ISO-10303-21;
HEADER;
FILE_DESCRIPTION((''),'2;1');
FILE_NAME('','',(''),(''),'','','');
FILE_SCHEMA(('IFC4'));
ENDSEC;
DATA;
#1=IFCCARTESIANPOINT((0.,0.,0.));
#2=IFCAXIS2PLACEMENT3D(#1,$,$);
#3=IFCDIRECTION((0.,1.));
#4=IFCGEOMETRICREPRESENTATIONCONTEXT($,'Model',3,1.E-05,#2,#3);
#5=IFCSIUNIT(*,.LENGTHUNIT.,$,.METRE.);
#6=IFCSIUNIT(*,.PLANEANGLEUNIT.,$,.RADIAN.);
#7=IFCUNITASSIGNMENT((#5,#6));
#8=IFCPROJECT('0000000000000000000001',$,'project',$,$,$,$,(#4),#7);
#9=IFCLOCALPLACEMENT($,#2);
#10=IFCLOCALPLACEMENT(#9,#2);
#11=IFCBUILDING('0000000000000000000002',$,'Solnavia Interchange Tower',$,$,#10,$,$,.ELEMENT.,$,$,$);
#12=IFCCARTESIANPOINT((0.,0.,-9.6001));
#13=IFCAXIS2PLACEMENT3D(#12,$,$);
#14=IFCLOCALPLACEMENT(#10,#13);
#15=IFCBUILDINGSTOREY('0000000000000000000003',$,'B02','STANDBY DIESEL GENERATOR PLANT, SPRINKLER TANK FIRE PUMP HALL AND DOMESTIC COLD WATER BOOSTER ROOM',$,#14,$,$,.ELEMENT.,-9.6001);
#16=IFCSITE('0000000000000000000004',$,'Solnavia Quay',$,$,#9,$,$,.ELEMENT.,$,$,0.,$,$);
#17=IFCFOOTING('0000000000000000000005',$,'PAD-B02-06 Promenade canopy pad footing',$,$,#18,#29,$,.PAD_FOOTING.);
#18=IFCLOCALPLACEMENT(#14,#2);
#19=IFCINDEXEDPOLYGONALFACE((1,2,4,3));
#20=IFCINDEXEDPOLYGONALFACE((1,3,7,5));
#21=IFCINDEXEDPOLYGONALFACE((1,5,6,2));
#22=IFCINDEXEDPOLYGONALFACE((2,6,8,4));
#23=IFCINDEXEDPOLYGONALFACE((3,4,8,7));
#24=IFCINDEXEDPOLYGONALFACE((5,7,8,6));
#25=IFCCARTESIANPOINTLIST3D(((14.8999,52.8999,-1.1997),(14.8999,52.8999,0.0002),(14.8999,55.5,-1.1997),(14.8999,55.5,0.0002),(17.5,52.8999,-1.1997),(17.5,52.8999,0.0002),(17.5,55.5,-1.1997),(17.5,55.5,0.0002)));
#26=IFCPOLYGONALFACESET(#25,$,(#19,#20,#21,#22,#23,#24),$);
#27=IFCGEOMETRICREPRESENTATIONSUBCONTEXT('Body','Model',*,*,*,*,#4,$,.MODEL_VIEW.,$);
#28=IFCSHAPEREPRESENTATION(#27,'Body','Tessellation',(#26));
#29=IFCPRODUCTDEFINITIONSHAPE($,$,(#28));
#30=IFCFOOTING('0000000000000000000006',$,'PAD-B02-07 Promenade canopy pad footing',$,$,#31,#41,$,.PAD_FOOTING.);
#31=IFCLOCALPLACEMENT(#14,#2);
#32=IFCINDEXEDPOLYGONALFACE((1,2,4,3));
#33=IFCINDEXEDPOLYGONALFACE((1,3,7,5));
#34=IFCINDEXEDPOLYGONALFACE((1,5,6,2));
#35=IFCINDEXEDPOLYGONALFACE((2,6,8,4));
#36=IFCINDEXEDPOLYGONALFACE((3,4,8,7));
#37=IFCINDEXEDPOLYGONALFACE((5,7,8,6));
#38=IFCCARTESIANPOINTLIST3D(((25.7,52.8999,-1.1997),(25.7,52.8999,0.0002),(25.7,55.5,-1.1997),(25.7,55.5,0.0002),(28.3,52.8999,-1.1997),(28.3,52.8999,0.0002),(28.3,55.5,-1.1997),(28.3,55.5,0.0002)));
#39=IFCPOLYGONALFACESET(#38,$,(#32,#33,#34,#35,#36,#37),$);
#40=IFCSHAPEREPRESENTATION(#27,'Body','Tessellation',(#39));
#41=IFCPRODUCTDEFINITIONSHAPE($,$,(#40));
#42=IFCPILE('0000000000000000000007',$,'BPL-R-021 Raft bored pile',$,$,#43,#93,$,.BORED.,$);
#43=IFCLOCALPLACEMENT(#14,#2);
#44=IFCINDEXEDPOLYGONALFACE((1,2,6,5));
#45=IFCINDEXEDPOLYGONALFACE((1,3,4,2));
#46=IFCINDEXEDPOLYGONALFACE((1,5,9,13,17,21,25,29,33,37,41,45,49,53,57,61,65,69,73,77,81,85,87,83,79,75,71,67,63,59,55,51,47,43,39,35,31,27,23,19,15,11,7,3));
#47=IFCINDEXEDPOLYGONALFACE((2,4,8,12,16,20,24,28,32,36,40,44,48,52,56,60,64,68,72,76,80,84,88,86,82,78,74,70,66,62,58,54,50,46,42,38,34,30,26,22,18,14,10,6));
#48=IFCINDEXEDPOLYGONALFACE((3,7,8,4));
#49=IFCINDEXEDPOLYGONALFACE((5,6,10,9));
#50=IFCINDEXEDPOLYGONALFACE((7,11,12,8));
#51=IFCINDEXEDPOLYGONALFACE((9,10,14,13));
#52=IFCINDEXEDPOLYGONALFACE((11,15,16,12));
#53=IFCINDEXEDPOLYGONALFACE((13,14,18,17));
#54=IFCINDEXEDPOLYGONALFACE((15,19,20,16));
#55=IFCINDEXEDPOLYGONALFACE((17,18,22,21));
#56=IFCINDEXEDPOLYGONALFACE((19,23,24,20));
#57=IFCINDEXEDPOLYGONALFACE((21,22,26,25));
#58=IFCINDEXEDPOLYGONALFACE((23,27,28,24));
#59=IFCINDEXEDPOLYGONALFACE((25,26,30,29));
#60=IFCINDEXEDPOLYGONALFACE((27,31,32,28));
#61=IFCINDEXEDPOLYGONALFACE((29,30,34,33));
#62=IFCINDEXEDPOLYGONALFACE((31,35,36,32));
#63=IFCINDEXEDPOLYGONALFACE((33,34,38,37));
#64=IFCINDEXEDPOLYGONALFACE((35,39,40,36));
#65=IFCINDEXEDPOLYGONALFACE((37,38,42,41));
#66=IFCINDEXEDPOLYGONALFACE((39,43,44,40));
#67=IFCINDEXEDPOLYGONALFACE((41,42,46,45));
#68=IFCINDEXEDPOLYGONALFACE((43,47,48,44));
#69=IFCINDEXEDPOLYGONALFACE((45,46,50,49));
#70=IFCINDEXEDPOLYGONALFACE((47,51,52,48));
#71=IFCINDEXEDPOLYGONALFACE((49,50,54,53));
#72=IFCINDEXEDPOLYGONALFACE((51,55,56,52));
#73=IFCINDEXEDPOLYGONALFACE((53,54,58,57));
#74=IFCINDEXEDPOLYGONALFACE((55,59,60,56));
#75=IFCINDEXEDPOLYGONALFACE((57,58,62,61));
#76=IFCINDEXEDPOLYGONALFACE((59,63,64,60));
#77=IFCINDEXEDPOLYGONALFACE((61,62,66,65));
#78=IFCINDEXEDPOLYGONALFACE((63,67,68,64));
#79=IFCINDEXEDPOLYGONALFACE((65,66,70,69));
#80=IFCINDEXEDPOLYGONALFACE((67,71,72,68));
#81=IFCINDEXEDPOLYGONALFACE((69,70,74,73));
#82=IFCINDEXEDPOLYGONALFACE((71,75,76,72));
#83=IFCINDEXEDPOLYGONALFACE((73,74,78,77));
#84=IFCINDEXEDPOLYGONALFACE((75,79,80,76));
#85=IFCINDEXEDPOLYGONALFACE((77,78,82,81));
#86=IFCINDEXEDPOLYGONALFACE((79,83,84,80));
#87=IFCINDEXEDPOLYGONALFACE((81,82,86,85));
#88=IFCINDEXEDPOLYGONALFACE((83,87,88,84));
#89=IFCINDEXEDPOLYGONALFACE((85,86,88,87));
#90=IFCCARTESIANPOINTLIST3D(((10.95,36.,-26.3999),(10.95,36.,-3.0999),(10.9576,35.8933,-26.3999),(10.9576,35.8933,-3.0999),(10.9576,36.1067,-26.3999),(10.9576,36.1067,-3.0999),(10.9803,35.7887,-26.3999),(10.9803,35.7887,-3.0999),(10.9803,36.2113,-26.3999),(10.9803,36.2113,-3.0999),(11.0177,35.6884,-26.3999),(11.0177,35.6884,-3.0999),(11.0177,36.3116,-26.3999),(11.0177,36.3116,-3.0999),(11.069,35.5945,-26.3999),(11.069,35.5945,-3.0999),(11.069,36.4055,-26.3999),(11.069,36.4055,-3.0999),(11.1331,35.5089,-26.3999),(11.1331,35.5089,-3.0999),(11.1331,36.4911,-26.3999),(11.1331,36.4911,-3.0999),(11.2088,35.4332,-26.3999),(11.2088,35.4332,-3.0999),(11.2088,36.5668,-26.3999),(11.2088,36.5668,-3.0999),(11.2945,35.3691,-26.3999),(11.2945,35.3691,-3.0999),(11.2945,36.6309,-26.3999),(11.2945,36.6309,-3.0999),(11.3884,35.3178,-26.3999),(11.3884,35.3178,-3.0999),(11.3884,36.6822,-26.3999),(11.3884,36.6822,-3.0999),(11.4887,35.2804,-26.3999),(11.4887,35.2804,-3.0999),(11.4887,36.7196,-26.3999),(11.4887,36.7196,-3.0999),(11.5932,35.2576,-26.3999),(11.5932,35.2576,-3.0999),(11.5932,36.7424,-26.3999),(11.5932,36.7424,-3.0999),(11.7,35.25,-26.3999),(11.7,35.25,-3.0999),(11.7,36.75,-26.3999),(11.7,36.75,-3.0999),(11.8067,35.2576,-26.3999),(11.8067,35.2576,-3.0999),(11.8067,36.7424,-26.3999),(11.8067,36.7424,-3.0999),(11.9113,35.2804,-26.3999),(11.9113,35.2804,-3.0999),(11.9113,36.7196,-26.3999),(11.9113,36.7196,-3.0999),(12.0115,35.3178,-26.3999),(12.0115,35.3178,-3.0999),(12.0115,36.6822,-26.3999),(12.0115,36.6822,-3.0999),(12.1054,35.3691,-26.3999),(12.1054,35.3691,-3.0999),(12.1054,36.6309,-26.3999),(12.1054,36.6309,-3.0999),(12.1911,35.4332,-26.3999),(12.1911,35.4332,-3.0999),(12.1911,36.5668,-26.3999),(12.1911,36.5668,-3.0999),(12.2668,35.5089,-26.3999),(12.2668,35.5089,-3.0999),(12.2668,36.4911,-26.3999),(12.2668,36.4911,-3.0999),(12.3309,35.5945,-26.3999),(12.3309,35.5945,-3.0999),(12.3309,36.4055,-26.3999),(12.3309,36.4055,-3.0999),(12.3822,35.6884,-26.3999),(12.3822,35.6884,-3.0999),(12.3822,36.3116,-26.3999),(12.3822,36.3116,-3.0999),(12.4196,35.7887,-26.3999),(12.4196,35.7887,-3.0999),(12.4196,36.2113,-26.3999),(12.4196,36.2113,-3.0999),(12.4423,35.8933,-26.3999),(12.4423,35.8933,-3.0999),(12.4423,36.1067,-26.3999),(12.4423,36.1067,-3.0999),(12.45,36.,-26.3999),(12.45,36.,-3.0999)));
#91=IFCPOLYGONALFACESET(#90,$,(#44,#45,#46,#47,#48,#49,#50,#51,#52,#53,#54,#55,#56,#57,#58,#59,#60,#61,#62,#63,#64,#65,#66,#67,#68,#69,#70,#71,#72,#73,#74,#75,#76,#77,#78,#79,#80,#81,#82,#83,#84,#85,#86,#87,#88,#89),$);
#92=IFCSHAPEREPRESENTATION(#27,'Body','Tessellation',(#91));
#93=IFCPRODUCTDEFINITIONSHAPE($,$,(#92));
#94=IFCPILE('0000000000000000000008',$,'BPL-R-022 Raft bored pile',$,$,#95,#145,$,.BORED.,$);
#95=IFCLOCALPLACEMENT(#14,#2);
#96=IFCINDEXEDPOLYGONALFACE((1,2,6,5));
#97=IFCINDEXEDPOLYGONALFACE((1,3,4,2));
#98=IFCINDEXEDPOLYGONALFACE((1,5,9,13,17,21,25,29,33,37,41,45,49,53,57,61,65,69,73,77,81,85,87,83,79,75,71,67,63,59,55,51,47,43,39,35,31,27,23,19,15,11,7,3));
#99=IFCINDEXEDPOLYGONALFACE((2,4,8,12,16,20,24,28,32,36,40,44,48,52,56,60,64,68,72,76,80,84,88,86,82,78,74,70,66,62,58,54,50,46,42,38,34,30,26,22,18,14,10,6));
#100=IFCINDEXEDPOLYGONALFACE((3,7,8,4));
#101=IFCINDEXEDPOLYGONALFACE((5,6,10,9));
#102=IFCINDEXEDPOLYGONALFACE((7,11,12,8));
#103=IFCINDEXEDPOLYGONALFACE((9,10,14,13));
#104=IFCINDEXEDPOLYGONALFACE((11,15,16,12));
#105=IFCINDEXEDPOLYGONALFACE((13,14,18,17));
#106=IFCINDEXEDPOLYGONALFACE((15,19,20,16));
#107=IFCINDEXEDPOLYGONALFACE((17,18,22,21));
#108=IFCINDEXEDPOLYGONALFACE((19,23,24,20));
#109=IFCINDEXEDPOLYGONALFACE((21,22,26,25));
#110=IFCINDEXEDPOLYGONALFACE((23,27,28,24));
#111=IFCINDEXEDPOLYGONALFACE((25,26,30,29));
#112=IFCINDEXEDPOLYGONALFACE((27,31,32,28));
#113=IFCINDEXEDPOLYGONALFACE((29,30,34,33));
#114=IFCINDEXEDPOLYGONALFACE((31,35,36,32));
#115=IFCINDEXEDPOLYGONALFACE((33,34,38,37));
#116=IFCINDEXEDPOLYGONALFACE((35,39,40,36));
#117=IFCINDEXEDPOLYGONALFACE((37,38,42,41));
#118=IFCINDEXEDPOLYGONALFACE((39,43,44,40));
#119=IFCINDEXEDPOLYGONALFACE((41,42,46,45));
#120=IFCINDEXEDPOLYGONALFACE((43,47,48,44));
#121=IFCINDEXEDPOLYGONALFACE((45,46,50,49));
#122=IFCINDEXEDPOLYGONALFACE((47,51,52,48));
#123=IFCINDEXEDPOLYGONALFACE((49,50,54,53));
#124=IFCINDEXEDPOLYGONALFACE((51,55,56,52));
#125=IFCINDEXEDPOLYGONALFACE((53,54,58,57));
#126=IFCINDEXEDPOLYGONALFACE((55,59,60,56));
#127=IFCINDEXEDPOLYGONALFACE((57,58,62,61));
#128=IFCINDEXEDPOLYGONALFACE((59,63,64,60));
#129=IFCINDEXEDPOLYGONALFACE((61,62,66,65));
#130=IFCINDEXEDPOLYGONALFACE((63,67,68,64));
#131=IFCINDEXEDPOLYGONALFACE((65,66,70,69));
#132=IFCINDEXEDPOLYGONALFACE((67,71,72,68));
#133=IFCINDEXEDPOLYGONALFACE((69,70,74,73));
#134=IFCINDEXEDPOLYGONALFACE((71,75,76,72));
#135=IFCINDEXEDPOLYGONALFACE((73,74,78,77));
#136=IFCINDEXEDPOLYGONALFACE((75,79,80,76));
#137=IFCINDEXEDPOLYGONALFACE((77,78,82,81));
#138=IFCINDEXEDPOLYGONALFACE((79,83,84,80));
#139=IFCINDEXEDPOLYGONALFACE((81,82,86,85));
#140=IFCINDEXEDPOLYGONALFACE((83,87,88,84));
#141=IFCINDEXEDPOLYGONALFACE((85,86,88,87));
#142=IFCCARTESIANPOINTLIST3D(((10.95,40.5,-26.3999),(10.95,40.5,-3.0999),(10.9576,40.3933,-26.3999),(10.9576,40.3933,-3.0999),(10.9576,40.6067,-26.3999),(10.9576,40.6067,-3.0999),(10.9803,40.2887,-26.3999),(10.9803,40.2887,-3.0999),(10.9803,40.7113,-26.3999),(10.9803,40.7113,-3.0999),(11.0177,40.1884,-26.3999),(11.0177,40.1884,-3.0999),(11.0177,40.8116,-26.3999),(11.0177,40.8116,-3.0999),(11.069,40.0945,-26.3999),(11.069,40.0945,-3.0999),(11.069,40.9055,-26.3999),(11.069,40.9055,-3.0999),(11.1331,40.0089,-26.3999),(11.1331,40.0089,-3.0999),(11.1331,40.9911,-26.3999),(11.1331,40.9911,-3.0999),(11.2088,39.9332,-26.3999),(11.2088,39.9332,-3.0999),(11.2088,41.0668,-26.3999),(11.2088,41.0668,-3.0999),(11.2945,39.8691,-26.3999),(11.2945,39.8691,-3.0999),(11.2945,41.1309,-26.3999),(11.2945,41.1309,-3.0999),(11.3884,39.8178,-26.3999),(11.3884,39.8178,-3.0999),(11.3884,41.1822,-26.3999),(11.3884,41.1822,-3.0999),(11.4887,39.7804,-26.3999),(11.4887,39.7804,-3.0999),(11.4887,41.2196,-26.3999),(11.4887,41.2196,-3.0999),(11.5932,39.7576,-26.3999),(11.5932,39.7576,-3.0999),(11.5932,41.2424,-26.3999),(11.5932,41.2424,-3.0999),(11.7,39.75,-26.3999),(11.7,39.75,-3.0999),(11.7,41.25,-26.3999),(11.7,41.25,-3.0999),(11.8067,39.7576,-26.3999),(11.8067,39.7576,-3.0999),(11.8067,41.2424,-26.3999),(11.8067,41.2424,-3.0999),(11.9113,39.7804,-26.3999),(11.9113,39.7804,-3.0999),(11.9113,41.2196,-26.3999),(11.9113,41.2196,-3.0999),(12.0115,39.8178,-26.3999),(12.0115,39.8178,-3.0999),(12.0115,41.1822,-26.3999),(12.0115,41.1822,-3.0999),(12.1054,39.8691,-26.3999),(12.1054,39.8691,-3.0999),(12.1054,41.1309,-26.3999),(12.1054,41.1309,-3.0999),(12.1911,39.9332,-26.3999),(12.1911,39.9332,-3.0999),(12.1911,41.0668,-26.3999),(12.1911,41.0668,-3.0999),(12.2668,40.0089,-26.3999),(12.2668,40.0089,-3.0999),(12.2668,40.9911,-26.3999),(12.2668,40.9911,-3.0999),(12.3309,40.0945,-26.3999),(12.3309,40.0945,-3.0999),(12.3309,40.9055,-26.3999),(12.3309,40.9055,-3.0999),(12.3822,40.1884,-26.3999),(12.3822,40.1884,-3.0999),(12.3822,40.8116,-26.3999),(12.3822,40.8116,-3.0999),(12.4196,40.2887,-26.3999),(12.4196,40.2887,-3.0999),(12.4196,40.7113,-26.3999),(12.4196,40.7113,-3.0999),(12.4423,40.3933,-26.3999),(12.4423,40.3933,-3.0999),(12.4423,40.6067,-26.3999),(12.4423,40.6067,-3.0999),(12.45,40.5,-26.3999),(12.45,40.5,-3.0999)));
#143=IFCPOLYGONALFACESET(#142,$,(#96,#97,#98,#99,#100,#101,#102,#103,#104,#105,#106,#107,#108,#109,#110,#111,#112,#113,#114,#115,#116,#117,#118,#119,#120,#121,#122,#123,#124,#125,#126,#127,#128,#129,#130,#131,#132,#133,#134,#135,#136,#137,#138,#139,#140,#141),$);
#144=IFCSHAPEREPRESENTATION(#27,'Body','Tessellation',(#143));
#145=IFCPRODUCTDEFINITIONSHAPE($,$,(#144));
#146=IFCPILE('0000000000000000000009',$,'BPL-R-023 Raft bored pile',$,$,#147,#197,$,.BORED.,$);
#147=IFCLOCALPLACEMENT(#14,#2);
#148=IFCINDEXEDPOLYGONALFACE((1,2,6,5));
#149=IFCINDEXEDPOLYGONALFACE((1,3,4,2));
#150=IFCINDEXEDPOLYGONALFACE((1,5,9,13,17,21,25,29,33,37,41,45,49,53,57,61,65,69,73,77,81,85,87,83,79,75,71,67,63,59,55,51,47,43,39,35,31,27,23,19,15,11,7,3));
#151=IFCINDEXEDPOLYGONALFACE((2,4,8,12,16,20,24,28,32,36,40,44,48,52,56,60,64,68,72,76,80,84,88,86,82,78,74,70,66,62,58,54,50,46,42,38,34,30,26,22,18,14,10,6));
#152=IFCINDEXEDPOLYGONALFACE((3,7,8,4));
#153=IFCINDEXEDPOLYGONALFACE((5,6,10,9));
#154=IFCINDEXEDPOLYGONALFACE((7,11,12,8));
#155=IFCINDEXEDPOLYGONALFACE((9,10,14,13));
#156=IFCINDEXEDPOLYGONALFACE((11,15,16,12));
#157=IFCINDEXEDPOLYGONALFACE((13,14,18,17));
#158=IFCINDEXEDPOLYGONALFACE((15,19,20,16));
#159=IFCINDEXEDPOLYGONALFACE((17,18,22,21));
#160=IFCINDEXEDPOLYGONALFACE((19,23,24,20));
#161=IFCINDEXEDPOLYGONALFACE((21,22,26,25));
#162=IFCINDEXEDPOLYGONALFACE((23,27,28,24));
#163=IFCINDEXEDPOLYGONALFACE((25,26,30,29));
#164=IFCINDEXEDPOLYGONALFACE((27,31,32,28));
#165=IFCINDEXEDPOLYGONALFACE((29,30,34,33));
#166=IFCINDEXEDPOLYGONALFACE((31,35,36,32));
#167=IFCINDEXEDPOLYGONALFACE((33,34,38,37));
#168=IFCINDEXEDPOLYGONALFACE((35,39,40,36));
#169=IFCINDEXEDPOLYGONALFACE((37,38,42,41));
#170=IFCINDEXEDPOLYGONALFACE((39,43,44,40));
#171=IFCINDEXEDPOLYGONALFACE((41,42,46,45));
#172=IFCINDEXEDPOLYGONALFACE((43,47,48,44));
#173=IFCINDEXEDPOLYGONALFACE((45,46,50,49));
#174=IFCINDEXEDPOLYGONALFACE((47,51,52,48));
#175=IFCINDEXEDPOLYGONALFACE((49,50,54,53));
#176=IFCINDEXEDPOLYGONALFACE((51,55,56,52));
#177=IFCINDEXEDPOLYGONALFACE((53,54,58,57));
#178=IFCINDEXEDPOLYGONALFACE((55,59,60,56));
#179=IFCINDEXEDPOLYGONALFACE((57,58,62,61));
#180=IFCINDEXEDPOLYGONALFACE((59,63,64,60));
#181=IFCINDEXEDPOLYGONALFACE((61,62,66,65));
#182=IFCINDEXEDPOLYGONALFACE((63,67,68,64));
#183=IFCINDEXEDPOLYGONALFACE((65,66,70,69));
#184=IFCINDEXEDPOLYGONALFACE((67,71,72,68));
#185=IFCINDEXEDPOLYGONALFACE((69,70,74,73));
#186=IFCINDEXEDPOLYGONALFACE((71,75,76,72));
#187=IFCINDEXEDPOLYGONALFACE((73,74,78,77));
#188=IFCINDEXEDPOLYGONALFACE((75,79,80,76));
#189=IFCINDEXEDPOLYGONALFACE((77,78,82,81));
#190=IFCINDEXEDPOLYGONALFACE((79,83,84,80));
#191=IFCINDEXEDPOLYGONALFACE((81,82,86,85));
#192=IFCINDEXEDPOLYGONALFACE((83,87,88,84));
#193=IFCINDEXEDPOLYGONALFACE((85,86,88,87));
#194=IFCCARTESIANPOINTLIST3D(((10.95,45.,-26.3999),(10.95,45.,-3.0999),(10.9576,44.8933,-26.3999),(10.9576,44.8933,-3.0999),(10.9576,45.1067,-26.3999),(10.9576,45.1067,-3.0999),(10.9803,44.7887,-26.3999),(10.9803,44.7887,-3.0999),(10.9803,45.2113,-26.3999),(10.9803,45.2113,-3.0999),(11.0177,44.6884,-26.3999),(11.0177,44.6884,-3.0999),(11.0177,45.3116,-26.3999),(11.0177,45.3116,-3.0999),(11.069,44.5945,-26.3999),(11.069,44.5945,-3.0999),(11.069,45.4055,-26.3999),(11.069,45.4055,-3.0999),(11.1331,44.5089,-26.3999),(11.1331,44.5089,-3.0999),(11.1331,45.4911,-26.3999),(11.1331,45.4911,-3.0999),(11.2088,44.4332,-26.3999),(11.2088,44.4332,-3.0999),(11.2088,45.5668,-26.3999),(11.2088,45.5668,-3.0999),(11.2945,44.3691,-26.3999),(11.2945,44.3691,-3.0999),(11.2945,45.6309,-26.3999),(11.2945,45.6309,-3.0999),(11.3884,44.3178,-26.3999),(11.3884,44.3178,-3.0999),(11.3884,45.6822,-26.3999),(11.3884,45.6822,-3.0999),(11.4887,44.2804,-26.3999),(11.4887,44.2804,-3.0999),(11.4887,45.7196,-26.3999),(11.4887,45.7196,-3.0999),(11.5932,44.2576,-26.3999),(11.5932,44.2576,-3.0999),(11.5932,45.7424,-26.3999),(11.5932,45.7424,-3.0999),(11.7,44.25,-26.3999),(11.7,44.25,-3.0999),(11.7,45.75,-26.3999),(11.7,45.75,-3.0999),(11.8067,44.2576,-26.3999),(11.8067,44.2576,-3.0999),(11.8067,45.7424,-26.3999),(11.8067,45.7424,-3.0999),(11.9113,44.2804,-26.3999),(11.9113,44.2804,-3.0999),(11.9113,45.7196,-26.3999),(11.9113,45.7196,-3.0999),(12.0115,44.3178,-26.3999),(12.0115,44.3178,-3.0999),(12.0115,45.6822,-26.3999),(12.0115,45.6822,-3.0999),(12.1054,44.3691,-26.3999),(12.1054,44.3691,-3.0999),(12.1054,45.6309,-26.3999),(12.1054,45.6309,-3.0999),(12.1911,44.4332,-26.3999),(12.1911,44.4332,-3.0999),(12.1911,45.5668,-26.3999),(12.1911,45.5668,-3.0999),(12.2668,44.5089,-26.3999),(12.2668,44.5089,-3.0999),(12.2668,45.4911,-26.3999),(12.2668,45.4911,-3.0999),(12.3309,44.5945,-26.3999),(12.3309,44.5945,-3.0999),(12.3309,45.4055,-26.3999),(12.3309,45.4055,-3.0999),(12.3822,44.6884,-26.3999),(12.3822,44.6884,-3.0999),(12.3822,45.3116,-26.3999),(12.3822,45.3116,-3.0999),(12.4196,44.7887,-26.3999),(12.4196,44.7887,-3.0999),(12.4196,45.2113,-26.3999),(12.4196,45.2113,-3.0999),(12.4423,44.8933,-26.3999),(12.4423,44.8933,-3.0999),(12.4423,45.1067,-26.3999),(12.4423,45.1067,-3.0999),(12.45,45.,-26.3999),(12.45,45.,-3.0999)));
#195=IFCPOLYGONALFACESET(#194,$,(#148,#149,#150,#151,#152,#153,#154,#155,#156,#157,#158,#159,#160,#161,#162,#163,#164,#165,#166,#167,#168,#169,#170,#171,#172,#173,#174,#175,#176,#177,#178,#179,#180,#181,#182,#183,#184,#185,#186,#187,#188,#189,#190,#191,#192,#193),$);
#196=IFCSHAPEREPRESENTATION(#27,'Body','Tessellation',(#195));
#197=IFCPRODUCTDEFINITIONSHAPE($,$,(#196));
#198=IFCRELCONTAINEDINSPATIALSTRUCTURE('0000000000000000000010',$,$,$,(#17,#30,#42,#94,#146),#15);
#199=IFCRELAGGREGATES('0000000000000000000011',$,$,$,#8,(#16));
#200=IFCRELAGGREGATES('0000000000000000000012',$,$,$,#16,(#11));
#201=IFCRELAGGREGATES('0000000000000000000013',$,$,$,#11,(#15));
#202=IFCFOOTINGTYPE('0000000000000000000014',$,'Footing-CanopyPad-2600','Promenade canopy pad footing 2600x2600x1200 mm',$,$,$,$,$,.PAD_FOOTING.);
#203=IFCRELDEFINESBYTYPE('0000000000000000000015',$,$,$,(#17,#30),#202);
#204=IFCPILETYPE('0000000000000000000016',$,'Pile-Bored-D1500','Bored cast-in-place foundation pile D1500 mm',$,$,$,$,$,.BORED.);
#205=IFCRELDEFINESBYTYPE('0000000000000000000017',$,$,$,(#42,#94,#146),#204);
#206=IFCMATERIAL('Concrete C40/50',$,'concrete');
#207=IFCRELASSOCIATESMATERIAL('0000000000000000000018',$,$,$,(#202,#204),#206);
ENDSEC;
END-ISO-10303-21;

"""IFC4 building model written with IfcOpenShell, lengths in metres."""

from ifc_helpers import new_model, si_unit, direction, frame, origin, origin_2d, place, context, subcontext, project, spatial, rectangle, circle, extrude, material, material_profile, profile_set, type_object, element, save


model = new_model("IFC4")

# Units and contexts
model_context = context("Model", 3, precision=1e-05, world=origin(), true_north=direction((0.0, 1.0)))
body_context = subcontext(model_context, "Body", "Model", "MODEL_VIEW")
ifc_project = project(units=[si_unit("LENGTHUNIT", "METRE"), si_unit("PLANEANGLEUNIT", "RADIAN")], contexts=[model_context])

# Site, building, storey
site_placement = place(None, origin())
site = spatial("IfcSite", under=ifc_project, at=site_placement, Name="Solnavia Quay", CompositionType="ELEMENT", RefElevation=0.0)
building_placement = place(site_placement, origin())
building = spatial("IfcBuilding", under=site, at=building_placement, Name="Solnavia Interchange Tower", CompositionType="ELEMENT")
storey_placement = place(building_placement, frame((0.0, 0.0, -9.6001)))
storey = spatial("IfcBuildingStorey", under=building, at=storey_placement, Name="B02", Description="STANDBY DIESEL GENERATOR PLANT, SPRINKLER TANK FIRE PUMP HALL AND DOMESTIC COLD WATER BOOSTER ROOM", CompositionType="ELEMENT", Elevation=-9.6001)

# Footings
ifc_material_1 = material(Name="Concrete C40/50", Category="concrete")
footing_type = type_object("IfcFootingType", Name="Footing-CanopyPad-2600", Description="Promenade canopy pad footing 2600x2600x1200 mm", PredefinedType="PAD_FOOTING", material=ifc_material_1)
for number, where, z_axis, x_axis, name in (
    (1, (16.2, 54.2, -1.1997), (0.0, 0.0, 1.0), (1.0, 0.0, 0.0), "PAD-B02-06 Promenade canopy pad footing"),
    (2, (27.0, 54.2, -1.1997), (0.0, 0.0, 1.0), (1.0, 0.0, 0.0), "PAD-B02-07 Promenade canopy pad footing"),
):
    element("IfcFooting", number, at=place(storey_placement, frame(where, z_axis=z_axis, x_axis=x_axis)), inside=storey, type_object=footing_type, Name=name, PredefinedType="PAD_FOOTING", context=body_context, shape_type="SweptSolid", body=[
        extrude(rectangle(XDim=2.6001, YDim=2.6001, at=origin_2d()), origin(), (0.0, 0.0, 1.0), 1.2),
    ])

# Piles
ifc_material_profile_1 = material_profile(ifc_material_1, circle(Radius=0.75, at=origin_2d()), Name="PILE D1500")
ifc_profile_set_1 = profile_set([ifc_material_profile_1], Name="Concrete C40/50")
pile_type = type_object("IfcPileType", Name="Pile-Bored-D1500", Description="Bored cast-in-place foundation pile D1500 mm", PredefinedType="BORED", material=ifc_profile_set_1)
for number, where, z_axis, x_axis, name in (
    (3, (11.7, 36.0, -3.0999), (0.0, 0.0, -1.0), (1.0, 0.0, 0.0), "BPL-R-021 Raft bored pile"),
    (4, (11.7, 40.5, -3.0999), (0.0, 0.0, -1.0), (1.0, 0.0, 0.0), "BPL-R-022 Raft bored pile"),
    (5, (11.7, 45.0, -3.0999), (0.0, 0.0, -1.0), (1.0, 0.0, 0.0), "BPL-R-023 Raft bored pile"),
):
    element("IfcPile", number, at=place(storey_placement, frame(where, z_axis=z_axis, x_axis=x_axis)), inside=storey, type_object=pile_type, Name=name, PredefinedType="BORED", context=body_context, shape_type="SweptSolid", body=[
        extrude(circle(Radius=0.75, at=origin_2d()), origin(), (0.0, 0.0, 1.0), 23.3),
    ])

save(model, "model.ifc")
